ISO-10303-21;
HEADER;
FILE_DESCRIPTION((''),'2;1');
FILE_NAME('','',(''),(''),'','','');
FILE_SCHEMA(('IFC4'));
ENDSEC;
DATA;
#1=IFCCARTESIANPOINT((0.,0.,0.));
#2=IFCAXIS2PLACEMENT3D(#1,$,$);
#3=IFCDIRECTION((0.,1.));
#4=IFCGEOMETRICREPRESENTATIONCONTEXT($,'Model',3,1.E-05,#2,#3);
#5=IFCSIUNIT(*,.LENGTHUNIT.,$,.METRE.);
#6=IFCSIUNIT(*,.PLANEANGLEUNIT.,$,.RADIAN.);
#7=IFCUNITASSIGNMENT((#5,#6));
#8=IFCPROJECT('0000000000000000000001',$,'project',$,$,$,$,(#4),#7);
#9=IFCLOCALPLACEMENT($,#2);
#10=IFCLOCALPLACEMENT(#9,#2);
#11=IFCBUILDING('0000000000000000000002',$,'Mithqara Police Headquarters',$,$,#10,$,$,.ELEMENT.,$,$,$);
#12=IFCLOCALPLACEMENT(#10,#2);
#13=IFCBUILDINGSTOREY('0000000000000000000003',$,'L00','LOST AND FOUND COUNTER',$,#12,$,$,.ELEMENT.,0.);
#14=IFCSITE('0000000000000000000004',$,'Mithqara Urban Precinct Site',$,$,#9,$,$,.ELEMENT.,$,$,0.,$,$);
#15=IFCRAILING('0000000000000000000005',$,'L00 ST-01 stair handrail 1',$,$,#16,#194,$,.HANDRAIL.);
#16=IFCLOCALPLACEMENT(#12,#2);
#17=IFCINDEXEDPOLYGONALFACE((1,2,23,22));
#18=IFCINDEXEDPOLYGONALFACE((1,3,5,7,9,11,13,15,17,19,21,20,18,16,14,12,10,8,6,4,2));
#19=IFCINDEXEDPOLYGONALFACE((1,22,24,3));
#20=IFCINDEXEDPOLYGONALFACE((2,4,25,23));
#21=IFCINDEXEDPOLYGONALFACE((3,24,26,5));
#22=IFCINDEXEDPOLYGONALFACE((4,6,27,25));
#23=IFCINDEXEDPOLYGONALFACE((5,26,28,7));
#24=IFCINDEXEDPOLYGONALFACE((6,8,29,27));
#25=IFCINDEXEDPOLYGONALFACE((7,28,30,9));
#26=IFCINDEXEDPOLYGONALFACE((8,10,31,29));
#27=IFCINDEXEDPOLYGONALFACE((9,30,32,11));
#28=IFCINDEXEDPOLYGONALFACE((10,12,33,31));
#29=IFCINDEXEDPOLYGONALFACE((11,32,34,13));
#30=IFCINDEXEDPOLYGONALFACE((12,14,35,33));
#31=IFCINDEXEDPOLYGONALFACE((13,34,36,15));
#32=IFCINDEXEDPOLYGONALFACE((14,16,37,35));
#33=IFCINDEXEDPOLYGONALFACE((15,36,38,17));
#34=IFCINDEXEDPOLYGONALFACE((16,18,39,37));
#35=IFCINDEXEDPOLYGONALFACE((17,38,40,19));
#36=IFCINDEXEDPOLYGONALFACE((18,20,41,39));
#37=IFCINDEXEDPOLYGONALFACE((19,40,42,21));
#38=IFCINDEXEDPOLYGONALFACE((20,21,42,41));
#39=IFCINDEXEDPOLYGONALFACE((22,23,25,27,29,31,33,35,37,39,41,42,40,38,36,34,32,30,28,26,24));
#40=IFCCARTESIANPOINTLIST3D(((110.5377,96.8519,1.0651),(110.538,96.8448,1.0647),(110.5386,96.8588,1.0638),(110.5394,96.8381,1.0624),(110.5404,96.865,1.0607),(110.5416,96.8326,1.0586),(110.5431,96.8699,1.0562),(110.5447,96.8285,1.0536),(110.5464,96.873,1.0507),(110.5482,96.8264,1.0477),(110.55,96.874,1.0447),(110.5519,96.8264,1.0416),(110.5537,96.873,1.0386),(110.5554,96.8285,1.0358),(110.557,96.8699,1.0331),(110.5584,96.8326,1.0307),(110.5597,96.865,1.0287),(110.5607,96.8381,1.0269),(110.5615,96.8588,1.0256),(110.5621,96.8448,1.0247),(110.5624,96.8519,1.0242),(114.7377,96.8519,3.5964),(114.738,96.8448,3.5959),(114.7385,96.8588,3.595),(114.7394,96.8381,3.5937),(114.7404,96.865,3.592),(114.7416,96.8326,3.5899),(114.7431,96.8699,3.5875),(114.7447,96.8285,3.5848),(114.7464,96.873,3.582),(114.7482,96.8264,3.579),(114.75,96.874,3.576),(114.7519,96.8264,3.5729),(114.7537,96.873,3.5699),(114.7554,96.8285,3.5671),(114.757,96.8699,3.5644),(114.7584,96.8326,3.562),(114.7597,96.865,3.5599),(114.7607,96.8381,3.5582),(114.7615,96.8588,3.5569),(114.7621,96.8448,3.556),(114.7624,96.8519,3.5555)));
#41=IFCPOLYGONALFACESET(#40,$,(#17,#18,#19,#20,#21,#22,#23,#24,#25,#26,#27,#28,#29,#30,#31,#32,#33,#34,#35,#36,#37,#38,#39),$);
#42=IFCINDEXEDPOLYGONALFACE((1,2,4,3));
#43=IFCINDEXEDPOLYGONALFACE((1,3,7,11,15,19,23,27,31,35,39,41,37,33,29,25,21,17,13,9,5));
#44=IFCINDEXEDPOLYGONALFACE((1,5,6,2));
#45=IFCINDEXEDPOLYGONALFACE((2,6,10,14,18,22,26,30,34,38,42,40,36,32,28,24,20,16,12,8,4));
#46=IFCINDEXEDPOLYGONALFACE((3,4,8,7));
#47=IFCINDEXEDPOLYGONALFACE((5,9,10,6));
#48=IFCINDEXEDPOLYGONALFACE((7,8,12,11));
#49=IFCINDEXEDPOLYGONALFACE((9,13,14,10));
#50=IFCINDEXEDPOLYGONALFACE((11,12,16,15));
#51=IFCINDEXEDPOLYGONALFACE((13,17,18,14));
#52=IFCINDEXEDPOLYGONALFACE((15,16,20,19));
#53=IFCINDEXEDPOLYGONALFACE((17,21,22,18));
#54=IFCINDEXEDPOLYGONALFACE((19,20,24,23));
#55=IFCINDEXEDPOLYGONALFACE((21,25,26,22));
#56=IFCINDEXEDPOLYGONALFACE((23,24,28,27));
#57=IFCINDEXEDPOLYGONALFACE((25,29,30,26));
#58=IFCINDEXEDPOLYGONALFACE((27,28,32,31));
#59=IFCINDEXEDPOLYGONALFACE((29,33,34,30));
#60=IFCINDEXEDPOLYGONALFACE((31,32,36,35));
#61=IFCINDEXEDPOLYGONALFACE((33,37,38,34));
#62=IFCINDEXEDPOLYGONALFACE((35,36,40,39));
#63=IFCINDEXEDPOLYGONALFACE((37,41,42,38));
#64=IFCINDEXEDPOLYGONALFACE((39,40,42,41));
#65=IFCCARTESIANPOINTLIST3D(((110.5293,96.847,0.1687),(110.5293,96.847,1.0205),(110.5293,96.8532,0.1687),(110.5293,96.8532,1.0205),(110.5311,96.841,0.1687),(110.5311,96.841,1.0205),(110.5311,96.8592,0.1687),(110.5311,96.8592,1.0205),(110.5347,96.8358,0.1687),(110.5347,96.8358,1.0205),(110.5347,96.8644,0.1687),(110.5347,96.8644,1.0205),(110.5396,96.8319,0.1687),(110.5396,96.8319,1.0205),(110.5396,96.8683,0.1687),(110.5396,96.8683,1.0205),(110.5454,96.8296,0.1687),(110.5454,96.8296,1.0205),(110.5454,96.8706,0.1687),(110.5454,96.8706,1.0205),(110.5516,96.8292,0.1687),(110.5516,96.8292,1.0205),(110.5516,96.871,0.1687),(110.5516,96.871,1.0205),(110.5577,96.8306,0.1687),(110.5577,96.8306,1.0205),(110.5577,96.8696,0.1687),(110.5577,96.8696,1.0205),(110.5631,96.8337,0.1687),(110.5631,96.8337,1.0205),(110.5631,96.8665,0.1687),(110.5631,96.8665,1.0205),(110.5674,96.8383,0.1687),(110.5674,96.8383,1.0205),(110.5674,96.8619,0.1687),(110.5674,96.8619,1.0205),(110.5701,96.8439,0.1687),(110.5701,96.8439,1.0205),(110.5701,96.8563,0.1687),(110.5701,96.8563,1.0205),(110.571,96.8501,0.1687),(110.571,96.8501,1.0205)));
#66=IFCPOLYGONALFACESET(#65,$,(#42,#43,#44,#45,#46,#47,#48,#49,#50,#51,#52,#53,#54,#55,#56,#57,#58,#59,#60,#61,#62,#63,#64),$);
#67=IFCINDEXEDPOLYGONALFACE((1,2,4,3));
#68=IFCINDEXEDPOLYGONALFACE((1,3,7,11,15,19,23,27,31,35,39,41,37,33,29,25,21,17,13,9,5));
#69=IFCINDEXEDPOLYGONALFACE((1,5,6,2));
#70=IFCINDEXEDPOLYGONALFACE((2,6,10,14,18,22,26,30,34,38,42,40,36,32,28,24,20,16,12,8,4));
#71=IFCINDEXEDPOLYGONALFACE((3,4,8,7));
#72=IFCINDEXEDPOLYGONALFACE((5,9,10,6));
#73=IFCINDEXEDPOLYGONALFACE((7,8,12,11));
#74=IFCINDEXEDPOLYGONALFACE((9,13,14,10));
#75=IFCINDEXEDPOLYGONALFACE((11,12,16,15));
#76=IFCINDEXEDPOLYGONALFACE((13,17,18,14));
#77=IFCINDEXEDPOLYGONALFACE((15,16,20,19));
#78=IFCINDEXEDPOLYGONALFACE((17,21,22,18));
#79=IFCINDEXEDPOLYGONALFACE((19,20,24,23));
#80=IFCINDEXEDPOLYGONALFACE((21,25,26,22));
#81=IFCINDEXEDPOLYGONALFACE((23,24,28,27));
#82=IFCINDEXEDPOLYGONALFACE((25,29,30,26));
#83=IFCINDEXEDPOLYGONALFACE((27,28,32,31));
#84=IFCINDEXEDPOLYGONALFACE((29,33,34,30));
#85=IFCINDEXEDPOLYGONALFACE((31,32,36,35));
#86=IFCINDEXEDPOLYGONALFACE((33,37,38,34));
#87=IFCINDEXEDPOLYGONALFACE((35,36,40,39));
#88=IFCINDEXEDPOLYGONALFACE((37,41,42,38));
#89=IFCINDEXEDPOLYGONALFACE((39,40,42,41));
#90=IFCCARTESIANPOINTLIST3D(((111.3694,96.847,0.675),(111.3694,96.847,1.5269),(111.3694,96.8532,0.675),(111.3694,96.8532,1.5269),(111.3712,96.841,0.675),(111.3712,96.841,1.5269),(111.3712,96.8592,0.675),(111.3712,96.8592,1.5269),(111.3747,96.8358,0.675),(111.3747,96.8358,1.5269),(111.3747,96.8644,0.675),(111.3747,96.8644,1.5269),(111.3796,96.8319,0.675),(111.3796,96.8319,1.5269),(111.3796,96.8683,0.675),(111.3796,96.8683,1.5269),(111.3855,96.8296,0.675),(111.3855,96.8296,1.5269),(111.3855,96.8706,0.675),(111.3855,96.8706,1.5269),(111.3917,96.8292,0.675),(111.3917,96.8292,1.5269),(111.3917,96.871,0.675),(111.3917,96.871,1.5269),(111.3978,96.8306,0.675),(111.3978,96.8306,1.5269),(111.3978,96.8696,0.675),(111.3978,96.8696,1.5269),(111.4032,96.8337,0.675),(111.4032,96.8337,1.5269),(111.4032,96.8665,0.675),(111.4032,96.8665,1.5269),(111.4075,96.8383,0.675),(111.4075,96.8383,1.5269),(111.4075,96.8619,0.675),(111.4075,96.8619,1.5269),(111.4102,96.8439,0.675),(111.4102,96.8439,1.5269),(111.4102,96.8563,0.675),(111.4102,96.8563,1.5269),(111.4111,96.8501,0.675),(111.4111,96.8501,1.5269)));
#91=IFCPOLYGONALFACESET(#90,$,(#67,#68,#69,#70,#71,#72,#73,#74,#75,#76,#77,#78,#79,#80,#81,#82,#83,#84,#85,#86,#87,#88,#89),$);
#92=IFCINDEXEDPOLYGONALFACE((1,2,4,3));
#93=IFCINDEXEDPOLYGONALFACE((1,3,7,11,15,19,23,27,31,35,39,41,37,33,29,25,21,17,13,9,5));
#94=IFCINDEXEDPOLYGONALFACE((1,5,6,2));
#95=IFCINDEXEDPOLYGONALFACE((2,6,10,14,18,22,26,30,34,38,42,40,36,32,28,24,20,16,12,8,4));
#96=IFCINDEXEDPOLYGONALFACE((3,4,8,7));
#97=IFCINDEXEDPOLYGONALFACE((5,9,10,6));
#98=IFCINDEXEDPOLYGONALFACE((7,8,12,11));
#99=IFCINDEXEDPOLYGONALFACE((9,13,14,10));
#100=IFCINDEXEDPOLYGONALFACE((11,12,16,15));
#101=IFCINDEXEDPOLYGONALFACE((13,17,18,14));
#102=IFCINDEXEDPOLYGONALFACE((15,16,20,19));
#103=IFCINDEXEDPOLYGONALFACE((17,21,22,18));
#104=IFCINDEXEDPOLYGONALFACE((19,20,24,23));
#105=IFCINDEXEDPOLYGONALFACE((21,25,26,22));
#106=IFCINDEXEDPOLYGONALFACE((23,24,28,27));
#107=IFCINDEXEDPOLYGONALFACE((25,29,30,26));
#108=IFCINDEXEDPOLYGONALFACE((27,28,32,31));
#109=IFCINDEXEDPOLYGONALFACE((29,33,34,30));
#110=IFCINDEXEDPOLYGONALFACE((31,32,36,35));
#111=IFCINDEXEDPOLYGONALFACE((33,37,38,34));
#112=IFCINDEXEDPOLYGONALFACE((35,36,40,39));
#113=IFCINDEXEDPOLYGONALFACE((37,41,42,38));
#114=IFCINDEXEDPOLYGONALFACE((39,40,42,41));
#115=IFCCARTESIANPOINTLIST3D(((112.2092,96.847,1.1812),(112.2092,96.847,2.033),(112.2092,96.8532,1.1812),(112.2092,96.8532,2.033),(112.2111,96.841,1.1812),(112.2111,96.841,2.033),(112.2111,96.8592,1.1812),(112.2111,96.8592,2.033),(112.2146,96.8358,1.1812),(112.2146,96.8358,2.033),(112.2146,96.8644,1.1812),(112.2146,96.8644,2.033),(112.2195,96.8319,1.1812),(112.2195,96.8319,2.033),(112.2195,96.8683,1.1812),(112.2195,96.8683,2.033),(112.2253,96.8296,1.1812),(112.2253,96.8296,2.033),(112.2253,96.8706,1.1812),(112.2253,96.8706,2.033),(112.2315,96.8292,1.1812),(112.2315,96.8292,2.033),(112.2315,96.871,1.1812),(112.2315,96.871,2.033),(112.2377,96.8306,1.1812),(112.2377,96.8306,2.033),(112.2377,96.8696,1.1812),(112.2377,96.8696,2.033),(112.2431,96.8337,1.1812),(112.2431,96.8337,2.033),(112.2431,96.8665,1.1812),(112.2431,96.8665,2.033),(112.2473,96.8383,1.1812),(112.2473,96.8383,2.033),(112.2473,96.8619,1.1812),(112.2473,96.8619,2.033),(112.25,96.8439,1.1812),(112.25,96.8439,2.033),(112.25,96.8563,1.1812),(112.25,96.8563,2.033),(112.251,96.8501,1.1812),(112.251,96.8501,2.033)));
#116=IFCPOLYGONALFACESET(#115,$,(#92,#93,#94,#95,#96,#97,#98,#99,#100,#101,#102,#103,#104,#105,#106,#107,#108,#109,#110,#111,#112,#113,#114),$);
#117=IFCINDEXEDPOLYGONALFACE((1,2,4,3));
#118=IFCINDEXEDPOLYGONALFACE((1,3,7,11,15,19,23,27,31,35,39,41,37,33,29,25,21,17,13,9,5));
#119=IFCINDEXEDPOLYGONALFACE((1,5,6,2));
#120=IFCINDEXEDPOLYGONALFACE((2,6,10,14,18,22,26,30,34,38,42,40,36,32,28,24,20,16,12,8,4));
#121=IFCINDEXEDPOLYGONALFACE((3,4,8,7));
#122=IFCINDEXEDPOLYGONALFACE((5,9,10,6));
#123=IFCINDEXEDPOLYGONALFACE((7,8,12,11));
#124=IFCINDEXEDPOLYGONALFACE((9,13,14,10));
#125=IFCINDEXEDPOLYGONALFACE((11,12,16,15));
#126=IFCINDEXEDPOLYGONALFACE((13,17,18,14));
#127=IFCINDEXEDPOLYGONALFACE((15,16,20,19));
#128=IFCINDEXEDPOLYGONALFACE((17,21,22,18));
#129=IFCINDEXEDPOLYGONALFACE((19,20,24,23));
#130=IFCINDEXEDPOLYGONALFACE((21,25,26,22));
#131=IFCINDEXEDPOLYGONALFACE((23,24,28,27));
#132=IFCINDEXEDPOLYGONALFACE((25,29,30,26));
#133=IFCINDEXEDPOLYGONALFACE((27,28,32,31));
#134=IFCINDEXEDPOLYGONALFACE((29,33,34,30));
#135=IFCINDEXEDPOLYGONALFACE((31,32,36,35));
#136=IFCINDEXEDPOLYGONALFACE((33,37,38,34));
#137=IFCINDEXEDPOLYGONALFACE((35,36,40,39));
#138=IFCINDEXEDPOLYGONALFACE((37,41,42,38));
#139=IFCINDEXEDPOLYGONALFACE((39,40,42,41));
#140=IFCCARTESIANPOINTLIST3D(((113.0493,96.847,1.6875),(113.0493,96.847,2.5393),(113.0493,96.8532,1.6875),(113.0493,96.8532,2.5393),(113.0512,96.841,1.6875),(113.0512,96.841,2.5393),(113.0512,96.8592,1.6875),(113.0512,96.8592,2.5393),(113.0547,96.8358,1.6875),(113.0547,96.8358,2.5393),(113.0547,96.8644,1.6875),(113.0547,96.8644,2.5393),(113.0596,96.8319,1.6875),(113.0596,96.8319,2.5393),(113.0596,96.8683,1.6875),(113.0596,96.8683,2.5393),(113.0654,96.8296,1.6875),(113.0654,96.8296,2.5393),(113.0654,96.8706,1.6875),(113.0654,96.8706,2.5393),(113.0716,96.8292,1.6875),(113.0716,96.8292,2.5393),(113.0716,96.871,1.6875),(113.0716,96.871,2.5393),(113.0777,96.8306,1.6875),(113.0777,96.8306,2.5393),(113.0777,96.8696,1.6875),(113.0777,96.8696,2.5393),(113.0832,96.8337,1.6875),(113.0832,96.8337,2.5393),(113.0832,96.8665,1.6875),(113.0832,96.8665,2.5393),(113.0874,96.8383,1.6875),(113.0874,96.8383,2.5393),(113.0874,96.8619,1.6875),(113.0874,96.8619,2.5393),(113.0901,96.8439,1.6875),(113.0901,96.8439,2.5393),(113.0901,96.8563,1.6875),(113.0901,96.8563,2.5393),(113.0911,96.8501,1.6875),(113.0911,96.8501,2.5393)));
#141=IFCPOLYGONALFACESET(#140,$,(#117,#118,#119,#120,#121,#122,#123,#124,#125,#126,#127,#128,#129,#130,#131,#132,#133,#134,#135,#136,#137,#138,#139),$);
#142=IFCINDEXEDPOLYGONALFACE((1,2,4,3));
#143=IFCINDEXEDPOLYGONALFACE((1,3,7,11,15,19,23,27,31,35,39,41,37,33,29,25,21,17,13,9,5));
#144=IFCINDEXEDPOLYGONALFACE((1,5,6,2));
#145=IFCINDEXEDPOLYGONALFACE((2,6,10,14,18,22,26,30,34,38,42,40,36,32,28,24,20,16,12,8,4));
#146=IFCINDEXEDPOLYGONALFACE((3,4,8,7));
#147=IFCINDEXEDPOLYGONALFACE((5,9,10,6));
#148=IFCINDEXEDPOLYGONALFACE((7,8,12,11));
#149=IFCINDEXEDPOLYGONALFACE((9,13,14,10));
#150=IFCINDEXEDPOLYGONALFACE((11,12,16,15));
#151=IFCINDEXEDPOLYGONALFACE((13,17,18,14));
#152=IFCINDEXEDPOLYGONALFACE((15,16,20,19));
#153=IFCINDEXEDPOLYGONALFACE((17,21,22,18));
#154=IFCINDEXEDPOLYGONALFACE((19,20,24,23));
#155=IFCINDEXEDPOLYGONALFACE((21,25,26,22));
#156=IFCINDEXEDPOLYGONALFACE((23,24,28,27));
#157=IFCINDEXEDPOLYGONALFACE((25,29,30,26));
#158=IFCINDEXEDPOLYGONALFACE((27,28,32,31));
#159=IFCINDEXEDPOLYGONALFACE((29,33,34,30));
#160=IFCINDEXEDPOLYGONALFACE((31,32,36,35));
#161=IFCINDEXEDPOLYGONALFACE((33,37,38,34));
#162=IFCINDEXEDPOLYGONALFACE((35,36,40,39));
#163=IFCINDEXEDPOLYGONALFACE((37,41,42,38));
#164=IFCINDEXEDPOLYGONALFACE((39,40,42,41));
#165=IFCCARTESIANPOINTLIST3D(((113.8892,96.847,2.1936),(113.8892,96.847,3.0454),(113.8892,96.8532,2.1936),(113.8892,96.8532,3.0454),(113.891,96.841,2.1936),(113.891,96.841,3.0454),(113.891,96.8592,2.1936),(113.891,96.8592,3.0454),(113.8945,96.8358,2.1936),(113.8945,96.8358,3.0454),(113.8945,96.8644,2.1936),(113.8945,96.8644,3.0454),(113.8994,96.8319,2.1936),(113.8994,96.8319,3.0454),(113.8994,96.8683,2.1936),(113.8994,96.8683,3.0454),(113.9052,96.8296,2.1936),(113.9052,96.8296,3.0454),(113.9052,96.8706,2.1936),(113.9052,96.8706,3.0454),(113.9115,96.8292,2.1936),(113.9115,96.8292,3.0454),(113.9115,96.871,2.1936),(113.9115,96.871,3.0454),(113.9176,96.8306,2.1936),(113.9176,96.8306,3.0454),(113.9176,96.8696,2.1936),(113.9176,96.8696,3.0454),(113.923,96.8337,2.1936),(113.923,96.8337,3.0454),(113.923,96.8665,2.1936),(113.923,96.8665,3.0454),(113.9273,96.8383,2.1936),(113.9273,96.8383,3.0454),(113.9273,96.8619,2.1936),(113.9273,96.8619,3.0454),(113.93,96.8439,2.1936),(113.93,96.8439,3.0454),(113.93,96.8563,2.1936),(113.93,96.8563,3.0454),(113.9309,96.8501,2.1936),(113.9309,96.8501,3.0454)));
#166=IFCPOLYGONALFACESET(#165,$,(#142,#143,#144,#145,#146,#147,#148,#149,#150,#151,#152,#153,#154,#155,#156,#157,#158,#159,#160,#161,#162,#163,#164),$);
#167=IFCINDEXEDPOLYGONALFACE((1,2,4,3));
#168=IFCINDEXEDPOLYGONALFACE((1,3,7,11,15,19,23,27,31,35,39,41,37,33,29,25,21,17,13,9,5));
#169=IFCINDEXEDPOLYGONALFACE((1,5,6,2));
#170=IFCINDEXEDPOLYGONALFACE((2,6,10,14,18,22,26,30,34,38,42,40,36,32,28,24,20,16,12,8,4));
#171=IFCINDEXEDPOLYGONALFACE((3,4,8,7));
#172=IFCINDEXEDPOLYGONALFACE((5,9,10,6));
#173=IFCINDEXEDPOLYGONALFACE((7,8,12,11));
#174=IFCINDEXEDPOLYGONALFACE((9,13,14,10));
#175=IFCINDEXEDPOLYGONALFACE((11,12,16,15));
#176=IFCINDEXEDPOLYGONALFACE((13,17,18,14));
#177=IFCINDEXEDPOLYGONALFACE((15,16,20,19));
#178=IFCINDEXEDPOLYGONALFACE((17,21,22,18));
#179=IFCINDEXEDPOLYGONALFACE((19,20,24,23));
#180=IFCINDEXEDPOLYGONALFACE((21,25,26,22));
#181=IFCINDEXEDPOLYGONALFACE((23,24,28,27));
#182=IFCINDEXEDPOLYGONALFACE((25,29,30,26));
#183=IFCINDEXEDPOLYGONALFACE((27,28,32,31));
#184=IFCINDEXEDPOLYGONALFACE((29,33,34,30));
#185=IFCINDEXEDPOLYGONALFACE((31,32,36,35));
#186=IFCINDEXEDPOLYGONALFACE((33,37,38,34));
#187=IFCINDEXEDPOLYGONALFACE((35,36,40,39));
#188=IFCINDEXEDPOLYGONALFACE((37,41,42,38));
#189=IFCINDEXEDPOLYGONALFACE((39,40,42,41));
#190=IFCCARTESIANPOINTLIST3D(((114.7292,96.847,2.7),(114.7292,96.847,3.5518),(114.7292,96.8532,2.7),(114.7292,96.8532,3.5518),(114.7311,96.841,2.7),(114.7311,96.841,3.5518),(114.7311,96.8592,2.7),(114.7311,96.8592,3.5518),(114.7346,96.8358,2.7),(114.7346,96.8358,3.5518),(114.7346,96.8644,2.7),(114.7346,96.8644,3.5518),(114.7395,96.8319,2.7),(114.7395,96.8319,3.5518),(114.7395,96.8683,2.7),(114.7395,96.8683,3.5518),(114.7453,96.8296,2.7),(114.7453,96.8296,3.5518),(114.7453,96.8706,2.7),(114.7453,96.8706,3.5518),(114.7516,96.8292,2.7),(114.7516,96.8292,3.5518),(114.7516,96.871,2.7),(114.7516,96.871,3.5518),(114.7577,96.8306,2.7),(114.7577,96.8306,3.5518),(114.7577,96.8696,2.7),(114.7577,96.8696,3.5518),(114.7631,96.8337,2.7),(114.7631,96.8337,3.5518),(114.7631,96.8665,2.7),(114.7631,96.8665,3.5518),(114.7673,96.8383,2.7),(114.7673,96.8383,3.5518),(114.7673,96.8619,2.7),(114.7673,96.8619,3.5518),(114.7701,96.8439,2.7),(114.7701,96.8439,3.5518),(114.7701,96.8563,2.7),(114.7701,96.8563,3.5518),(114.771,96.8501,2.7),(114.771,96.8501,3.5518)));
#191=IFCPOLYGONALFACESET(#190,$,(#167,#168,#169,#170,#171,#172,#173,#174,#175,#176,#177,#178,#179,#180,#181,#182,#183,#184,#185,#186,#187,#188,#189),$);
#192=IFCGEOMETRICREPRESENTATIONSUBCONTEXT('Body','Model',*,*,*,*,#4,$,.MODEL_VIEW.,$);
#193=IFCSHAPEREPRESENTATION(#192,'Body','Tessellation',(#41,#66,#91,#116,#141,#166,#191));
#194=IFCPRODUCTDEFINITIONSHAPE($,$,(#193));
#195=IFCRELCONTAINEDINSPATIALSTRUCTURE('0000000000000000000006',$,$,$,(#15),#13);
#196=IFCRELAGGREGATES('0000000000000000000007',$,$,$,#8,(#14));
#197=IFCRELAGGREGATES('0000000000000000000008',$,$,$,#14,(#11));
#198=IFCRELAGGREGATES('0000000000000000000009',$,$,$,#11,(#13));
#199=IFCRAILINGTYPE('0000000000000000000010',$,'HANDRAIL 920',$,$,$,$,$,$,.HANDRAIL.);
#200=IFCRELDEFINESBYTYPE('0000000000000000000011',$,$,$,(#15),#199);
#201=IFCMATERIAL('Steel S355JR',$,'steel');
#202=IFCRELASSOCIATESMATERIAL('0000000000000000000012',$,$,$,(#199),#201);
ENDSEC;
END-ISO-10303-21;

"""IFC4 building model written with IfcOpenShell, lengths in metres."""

from ifc_helpers import new_model, si_unit, direction, frame, origin, origin_2d, place, context, subcontext, project, spatial, circle, extrude, material, type_object, element, save


model = new_model("IFC4")

# Units and contexts
model_context = context("Model", 3, precision=1e-05, world=origin(), true_north=direction((0.0, 1.0)))
body_context = subcontext(model_context, "Body", "Model", "MODEL_VIEW")
ifc_project = project(units=[si_unit("LENGTHUNIT", "METRE"), si_unit("PLANEANGLEUNIT", "RADIAN")], contexts=[model_context])

# Site, building, storey
site_placement = place(None, origin())
site = spatial("IfcSite", under=ifc_project, at=site_placement, Name="Mithqara Urban Precinct Site", CompositionType="ELEMENT", RefElevation=0.0)
building_placement = place(site_placement, origin())
building = spatial("IfcBuilding", under=site, at=building_placement, Name="Mithqara Police Headquarters", CompositionType="ELEMENT")
storey_placement = place(building_placement, origin())
storey = spatial("IfcBuildingStorey", under=building, at=storey_placement, Name="L00", Description="LOST AND FOUND COUNTER", CompositionType="ELEMENT", Elevation=0.0)

# Shared definitions
ifc_material_1 = material(Name="Steel S355JR", Category="steel")

# Railing
railing_type_1 = type_object("IfcRailingType", Name="HANDRAIL 920", PredefinedType="HANDRAIL", material=ifc_material_1)
railing_1_placement = place(storey_placement, frame((110.55, 96.8501, 0.1687)))
element("IfcRailing", 1, at=railing_1_placement, inside=storey, type_object=railing_type_1, Name="L00 ST-01 stair handrail 1", PredefinedType="HANDRAIL", context=body_context, shape_type="SweptSolid", body=[
    extrude(circle(Radius=0.0239, at=origin_2d()), frame((0.0, 0.0, 0.876), z_axis=(0.856476, 0.0, 0.516186), x_axis=(0.0, 1.0, 0.0)), (0.0, 0.0, 1.0), 4.9038),
    extrude(circle(Radius=0.021, at=origin_2d()), origin(), (0.0, 0.0, 1.0), 0.8518),
    extrude(circle(Radius=0.021, at=origin_2d()), frame((0.8401, 0.0, 0.5063)), (0.0, 0.0, 1.0), 0.8518),
    extrude(circle(Radius=0.021, at=origin_2d()), frame((1.6799, 0.0, 1.0125)), (0.0, 0.0, 1.0), 0.8518),
    extrude(circle(Radius=0.021, at=origin_2d()), frame((2.52, 0.0, 1.5188)), (0.0, 0.0, 1.0), 0.8518),
    extrude(circle(Radius=0.021, at=origin_2d()), frame((3.3599, 0.0, 2.0249)), (0.0, 0.0, 1.0), 0.8518),
    extrude(circle(Radius=0.021, at=origin_2d()), frame((4.2, 0.0, 2.5312)), (0.0, 0.0, 1.0), 0.8518),
])

save(model, "model.ifc")
